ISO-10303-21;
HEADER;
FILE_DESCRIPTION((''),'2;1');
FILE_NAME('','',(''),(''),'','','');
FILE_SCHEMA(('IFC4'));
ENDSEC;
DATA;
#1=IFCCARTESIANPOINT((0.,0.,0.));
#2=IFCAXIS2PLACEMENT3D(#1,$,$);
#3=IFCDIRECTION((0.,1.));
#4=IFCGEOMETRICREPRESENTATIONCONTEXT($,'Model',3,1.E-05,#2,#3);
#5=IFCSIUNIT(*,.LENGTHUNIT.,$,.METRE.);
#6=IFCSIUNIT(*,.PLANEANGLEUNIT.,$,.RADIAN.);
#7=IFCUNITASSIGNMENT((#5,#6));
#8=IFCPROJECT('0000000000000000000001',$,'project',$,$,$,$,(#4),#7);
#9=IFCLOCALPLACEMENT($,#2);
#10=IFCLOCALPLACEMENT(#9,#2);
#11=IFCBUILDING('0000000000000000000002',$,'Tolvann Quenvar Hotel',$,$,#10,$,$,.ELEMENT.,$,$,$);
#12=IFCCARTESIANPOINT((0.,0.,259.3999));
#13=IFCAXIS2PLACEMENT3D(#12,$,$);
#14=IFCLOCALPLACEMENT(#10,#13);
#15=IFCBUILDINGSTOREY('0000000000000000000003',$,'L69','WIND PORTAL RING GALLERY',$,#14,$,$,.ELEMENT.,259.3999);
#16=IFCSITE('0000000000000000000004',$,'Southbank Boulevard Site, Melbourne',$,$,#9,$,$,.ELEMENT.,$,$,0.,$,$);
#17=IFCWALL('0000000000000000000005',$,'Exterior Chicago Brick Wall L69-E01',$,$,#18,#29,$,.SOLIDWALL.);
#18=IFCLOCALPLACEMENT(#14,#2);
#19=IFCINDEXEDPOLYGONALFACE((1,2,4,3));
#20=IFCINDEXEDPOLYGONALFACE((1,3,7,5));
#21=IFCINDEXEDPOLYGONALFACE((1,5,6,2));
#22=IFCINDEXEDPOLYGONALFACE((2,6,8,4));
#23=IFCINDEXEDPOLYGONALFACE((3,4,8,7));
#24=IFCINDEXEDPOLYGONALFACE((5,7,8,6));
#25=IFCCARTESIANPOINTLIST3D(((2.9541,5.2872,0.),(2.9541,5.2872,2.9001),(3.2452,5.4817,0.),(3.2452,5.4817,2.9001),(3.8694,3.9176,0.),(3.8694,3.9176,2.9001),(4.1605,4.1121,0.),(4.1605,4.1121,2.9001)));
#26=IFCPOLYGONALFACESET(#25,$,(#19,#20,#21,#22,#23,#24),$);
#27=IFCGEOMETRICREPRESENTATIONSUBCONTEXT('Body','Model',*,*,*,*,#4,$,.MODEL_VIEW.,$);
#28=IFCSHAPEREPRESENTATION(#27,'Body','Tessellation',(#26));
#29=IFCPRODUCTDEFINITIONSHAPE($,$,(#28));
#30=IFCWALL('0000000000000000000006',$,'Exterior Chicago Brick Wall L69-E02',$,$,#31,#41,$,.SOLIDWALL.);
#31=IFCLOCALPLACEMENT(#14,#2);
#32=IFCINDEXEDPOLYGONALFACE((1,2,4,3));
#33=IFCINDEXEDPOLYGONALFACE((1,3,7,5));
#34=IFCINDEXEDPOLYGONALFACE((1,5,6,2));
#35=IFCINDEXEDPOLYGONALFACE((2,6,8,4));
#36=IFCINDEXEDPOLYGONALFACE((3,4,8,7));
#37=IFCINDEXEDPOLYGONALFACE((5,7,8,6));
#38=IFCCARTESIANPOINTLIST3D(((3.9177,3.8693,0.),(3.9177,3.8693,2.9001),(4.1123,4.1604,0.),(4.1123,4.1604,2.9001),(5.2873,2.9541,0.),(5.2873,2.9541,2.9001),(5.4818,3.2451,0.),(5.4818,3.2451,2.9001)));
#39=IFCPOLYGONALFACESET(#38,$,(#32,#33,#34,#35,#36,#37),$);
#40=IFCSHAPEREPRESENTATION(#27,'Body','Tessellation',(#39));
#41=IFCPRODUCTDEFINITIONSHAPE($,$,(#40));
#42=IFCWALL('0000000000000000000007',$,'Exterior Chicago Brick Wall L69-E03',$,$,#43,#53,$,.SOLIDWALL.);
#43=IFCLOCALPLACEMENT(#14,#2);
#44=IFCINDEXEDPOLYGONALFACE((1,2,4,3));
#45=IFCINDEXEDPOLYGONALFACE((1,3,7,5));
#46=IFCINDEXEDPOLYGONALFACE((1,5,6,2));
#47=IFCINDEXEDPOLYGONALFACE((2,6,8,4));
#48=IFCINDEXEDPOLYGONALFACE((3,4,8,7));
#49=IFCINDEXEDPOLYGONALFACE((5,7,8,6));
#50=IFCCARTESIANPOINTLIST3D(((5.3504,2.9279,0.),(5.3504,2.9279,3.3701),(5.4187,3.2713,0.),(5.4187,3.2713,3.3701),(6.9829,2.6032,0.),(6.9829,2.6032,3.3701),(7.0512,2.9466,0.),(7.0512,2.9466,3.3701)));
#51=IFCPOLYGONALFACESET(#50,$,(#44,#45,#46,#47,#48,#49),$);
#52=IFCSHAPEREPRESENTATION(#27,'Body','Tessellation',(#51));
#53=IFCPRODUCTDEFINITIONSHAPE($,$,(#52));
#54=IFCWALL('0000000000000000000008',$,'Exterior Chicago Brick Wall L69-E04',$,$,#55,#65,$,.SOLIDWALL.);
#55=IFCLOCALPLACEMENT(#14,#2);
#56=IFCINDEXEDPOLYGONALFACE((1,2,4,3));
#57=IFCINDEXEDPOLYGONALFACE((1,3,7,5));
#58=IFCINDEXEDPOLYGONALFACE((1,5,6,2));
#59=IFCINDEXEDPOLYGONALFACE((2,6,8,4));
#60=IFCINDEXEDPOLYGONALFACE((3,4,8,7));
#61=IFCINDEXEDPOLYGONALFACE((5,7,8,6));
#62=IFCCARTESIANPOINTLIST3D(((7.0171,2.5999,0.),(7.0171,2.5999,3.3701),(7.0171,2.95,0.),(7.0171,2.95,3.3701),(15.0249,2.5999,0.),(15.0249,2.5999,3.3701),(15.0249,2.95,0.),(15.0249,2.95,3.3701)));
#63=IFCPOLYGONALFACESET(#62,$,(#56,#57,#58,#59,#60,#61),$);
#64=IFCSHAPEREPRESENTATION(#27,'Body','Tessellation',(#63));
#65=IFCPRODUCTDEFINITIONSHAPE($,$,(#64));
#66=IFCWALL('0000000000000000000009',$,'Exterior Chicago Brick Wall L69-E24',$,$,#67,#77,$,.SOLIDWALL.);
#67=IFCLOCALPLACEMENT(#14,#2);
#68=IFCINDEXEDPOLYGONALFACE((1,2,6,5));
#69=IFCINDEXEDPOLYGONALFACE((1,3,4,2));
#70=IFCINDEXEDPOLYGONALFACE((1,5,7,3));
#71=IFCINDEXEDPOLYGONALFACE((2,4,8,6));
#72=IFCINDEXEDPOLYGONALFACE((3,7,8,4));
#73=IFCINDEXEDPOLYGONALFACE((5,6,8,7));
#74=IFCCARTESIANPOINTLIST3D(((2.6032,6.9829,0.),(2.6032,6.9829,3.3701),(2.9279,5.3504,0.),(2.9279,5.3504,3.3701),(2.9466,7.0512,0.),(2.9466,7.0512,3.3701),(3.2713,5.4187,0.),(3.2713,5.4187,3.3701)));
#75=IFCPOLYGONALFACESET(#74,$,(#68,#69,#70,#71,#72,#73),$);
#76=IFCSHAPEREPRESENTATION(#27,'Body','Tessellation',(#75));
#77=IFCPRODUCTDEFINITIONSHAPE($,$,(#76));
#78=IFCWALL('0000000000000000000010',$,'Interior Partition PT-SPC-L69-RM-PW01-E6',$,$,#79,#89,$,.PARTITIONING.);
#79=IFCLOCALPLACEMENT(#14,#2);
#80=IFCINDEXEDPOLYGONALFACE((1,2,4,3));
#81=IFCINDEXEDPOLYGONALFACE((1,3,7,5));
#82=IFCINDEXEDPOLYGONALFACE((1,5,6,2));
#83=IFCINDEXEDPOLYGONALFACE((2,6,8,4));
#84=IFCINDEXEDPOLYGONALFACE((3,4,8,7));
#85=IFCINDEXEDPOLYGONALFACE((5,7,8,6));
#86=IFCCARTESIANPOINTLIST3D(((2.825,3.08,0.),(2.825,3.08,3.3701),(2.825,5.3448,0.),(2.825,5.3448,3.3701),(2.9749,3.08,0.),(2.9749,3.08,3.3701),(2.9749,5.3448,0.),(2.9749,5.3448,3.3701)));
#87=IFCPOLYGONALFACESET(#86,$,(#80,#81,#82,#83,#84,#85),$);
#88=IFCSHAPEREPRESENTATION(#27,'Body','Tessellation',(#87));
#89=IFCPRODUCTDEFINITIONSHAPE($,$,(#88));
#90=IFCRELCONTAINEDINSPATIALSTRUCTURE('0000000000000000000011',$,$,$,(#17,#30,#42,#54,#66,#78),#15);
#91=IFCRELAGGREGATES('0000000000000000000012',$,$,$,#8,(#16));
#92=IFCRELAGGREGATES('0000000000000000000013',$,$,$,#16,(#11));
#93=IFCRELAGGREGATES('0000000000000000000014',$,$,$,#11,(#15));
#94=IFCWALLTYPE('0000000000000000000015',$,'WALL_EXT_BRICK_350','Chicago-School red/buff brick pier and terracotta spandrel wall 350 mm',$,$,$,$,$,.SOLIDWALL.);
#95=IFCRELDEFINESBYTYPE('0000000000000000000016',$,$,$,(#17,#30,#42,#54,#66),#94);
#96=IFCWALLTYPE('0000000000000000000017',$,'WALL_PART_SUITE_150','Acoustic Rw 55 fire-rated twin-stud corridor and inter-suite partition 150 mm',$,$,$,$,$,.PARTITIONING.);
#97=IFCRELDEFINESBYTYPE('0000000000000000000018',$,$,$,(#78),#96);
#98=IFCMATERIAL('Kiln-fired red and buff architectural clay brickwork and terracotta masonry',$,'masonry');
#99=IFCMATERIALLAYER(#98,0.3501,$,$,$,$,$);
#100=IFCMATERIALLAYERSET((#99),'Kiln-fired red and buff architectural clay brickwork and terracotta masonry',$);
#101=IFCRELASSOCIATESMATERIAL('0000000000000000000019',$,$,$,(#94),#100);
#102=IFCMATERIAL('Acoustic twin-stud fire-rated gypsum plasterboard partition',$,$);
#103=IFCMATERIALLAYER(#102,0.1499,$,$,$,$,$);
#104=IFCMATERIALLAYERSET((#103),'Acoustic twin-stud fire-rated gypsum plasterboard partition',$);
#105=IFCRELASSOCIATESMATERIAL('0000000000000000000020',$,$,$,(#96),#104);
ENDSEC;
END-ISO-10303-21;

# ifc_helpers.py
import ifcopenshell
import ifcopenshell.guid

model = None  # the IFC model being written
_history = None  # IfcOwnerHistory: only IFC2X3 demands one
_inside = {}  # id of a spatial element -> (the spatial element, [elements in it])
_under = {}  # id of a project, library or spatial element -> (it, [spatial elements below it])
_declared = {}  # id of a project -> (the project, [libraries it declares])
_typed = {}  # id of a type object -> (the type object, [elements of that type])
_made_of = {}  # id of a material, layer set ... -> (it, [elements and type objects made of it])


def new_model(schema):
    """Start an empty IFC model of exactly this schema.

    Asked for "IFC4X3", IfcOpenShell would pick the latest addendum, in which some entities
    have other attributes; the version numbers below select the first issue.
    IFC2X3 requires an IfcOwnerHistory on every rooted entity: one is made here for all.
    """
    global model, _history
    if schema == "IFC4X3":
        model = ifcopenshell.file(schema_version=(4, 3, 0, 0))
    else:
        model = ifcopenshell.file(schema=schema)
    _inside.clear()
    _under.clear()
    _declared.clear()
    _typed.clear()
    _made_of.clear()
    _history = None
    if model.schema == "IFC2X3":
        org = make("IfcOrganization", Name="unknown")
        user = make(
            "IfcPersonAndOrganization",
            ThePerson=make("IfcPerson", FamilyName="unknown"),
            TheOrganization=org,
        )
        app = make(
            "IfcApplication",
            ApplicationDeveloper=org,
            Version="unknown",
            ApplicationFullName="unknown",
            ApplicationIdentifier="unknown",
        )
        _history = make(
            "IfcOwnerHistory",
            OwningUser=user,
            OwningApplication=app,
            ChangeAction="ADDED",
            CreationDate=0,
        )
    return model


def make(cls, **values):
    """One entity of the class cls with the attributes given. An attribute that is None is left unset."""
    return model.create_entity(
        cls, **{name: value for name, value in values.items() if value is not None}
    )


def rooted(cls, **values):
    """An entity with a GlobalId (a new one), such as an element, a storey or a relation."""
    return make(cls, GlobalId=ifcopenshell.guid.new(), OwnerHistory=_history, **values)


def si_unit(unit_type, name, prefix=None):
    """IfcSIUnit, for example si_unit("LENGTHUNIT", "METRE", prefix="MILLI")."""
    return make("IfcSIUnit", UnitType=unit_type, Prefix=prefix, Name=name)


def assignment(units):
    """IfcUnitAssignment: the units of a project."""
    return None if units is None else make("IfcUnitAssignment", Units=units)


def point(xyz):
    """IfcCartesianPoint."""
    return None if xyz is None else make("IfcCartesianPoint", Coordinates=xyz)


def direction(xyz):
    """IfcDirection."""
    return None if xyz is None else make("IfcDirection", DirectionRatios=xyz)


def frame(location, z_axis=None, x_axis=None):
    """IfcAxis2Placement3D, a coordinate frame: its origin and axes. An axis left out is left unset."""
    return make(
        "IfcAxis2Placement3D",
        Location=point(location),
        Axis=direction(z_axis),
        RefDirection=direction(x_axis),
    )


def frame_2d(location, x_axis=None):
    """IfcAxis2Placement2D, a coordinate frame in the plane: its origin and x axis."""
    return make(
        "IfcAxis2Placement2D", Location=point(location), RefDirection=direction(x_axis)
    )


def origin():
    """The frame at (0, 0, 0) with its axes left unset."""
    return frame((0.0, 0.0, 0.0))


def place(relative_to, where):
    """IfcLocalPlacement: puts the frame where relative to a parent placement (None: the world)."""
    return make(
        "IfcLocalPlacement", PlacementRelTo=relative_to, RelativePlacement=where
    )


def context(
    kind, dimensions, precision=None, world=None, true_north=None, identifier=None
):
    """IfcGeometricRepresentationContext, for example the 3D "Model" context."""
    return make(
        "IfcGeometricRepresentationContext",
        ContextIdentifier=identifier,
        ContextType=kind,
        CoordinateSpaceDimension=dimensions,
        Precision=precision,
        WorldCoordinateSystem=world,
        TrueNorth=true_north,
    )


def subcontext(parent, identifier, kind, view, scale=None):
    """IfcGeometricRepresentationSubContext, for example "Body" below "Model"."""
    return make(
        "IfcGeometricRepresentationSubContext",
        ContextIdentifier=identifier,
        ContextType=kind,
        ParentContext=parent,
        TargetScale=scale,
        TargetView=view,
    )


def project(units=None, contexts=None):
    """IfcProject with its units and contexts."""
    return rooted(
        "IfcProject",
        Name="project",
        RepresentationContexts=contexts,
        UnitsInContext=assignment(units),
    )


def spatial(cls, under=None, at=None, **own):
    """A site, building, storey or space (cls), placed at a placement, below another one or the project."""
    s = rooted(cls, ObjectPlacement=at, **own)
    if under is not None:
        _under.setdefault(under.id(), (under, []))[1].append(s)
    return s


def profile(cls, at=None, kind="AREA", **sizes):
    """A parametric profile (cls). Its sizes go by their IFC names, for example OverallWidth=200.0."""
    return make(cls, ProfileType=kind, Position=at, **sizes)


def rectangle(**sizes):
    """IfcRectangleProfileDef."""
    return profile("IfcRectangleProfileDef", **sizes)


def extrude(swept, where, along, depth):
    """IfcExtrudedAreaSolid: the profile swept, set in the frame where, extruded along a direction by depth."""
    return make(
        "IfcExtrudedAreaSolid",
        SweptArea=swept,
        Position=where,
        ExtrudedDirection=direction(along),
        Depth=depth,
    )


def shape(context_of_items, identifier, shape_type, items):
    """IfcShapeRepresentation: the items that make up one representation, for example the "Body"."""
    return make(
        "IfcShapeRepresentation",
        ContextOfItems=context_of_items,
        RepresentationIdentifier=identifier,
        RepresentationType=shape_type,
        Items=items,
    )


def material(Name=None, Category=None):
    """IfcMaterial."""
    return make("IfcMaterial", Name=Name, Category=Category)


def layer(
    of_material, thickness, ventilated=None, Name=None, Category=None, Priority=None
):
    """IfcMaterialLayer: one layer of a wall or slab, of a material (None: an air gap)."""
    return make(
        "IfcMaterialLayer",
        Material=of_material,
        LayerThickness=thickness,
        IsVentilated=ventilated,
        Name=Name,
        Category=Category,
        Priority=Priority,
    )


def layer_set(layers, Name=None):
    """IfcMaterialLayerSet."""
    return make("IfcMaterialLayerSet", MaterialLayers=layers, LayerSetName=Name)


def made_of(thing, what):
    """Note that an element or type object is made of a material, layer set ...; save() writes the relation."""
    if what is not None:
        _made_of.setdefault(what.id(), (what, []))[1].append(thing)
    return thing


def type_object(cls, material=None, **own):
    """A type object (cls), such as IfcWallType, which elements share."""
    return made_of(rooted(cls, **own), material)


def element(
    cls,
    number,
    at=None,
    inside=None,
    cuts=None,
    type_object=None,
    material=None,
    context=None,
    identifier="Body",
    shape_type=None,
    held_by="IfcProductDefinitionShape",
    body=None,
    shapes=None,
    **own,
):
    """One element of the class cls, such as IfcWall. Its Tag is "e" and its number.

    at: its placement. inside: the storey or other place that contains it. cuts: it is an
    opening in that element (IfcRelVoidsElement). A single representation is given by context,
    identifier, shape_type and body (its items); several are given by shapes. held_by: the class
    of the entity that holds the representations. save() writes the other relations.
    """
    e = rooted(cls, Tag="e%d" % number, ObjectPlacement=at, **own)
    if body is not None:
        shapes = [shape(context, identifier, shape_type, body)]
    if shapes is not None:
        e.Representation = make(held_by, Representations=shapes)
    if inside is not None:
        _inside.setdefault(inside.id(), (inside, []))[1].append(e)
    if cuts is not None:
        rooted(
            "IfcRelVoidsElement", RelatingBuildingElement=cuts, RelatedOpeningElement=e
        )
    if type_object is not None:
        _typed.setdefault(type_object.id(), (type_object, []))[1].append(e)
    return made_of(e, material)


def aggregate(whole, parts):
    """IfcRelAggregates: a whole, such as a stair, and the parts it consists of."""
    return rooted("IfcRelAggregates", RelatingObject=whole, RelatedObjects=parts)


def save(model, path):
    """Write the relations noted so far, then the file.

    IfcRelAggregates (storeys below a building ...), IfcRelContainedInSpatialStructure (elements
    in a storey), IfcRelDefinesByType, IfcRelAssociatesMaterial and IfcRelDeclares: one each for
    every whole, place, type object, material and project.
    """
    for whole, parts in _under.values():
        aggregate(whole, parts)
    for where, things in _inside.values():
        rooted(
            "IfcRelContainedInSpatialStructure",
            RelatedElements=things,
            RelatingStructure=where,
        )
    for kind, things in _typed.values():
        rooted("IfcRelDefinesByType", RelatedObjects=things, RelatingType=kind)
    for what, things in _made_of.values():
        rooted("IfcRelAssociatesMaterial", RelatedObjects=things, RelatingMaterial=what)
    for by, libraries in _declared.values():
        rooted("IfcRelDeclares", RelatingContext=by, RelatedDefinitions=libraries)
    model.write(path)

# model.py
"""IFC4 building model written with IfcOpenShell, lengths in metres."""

from ifc_helpers import new_model, si_unit, direction, frame, frame_2d, origin, place, context, subcontext, project, spatial, rectangle, extrude, material, layer, layer_set, type_object, element, save


model = new_model("IFC4")

# Units and contexts
model_context = context("Model", 3, precision=1e-05, world=origin(), true_north=direction((0.0, 1.0)))
body_context = subcontext(model_context, "Body", "Model", "MODEL_VIEW")
ifc_project = project(units=[si_unit("LENGTHUNIT", "METRE"), si_unit("PLANEANGLEUNIT", "RADIAN")], contexts=[model_context])

# Site, building, storey
site_placement = place(None, origin())
site = spatial("IfcSite", under=ifc_project, at=site_placement, Name="Southbank Boulevard Site, Melbourne", CompositionType="ELEMENT", RefElevation=0.0)
building_placement = place(site_placement, origin())
building = spatial("IfcBuilding", under=site, at=building_placement, Name="Tolvann Quenvar Hotel", CompositionType="ELEMENT")
storey_placement = place(building_placement, frame((0.0, 0.0, 259.3999)))
storey = spatial("IfcBuildingStorey", under=building, at=storey_placement, Name="L69", Description="WIND PORTAL RING GALLERY", CompositionType="ELEMENT", Elevation=259.3999)

# Walls
ifc_material_1 = material(Name="Kiln-fired red and buff architectural clay brickwork and terracotta masonry", Category="masonry")
ifc_layer_1 = layer(ifc_material_1, 0.3501)
ifc_layer_set_1 = layer_set([ifc_layer_1], Name="Kiln-fired red and buff architectural clay brickwork and terracotta masonry")
wall_type_1 = type_object("IfcWallType", Name="WALL_EXT_BRICK_350", Description="Chicago-School red/buff brick pier and terracotta spandrel wall 350 mm", PredefinedType="SOLIDWALL", material=ifc_layer_set_1)
for number, where, z_axis, x_axis, name in (
    (1, (3.0996, 5.3845, 0.0), (0.0, 0.0, 1.0), (0.555623, -0.831434, 0.0), "Exterior Chicago Brick Wall L69-E01"),
    (2, (4.0149, 4.0149, 0.0), (0.0, 0.0, 1.0), (0.831434, -0.555623, 0.0), "Exterior Chicago Brick Wall L69-E02"),
):
    element("IfcWall", number, at=place(storey_placement, frame(where, z_axis=z_axis, x_axis=x_axis)), inside=storey, type_object=wall_type_1, Name=name, PredefinedType="SOLIDWALL", context=body_context, shape_type="SweptSolid", body=[
        extrude(rectangle(XDim=1.6472, YDim=0.3501, at=frame_2d((0.8237, 0.0))), origin(), (0.0, 0.0, 1.0), 2.9001),
    ])
wall_1_placement = place(storey_placement, frame((5.3845, 3.0996, 0.0), z_axis=(0.0, 0.0, 1.0), x_axis=(0.980789, -0.195072, 0.0)))
element("IfcWall", 3, at=wall_1_placement, inside=storey, type_object=wall_type_1, Name="Exterior Chicago Brick Wall L69-E03", PredefinedType="SOLIDWALL", context=body_context, shape_type="SweptSolid", body=[
    extrude(rectangle(XDim=1.6646, YDim=0.3501, at=frame_2d((0.8323, 0.0))), origin(), (0.0, 0.0, 1.0), 3.3701),
])
wall_2_placement = place(storey_placement, frame((7.0171, 2.7749, 0.0), z_axis=(0.0, 0.0, 1.0), x_axis=(1.0, 0.0, 0.0)))
element("IfcWall", 4, at=wall_2_placement, inside=storey, type_object=wall_type_1, Name="Exterior Chicago Brick Wall L69-E04", PredefinedType="SOLIDWALL", context=body_context, shape_type="SweptSolid", body=[
    extrude(rectangle(XDim=8.0078, YDim=0.3501, at=frame_2d((4.0039, 0.0))), origin(), (0.0, 0.0, 1.0), 3.3701),
])
wall_3_placement = place(storey_placement, frame((2.7749, 7.0171, 0.0), z_axis=(0.0, 0.0, 1.0), x_axis=(0.195072, -0.980789, 0.0)))
element("IfcWall", 5, at=wall_3_placement, inside=storey, type_object=wall_type_1, Name="Exterior Chicago Brick Wall L69-E24", PredefinedType="SOLIDWALL", context=body_context, shape_type="SweptSolid", body=[
    extrude(rectangle(XDim=1.6646, YDim=0.3501, at=frame_2d((0.8323, 0.0))), origin(), (0.0, 0.0, 1.0), 3.3701),
])
ifc_material_2 = material(Name="Acoustic twin-stud fire-rated gypsum plasterboard partition")
ifc_layer_2 = layer(ifc_material_2, 0.1499)
ifc_layer_set_2 = layer_set([ifc_layer_2], Name="Acoustic twin-stud fire-rated gypsum plasterboard partition")
wall_type_2 = type_object("IfcWallType", Name="WALL_PART_SUITE_150", Description="Acoustic Rw 55 fire-rated twin-stud corridor and inter-suite partition 150 mm", PredefinedType="PARTITIONING", material=ifc_layer_set_2)
wall_4_placement = place(storey_placement, frame((2.8999, 3.0801, 0.0), z_axis=(0.0, 0.0, 1.0), x_axis=(0.0, 1.0, 0.0)))
element("IfcWall", 6, at=wall_4_placement, inside=storey, type_object=wall_type_2, Name="Interior Partition PT-SPC-L69-RM-PW01-E6", PredefinedType="PARTITIONING", context=body_context, shape_type="SweptSolid", body=[
    extrude(rectangle(XDim=2.2649, YDim=0.1499, at=frame_2d((1.1323, 0.0))), origin(), (0.0, 0.0, 1.0), 3.3701),
])

save(model, "model.ifc")
